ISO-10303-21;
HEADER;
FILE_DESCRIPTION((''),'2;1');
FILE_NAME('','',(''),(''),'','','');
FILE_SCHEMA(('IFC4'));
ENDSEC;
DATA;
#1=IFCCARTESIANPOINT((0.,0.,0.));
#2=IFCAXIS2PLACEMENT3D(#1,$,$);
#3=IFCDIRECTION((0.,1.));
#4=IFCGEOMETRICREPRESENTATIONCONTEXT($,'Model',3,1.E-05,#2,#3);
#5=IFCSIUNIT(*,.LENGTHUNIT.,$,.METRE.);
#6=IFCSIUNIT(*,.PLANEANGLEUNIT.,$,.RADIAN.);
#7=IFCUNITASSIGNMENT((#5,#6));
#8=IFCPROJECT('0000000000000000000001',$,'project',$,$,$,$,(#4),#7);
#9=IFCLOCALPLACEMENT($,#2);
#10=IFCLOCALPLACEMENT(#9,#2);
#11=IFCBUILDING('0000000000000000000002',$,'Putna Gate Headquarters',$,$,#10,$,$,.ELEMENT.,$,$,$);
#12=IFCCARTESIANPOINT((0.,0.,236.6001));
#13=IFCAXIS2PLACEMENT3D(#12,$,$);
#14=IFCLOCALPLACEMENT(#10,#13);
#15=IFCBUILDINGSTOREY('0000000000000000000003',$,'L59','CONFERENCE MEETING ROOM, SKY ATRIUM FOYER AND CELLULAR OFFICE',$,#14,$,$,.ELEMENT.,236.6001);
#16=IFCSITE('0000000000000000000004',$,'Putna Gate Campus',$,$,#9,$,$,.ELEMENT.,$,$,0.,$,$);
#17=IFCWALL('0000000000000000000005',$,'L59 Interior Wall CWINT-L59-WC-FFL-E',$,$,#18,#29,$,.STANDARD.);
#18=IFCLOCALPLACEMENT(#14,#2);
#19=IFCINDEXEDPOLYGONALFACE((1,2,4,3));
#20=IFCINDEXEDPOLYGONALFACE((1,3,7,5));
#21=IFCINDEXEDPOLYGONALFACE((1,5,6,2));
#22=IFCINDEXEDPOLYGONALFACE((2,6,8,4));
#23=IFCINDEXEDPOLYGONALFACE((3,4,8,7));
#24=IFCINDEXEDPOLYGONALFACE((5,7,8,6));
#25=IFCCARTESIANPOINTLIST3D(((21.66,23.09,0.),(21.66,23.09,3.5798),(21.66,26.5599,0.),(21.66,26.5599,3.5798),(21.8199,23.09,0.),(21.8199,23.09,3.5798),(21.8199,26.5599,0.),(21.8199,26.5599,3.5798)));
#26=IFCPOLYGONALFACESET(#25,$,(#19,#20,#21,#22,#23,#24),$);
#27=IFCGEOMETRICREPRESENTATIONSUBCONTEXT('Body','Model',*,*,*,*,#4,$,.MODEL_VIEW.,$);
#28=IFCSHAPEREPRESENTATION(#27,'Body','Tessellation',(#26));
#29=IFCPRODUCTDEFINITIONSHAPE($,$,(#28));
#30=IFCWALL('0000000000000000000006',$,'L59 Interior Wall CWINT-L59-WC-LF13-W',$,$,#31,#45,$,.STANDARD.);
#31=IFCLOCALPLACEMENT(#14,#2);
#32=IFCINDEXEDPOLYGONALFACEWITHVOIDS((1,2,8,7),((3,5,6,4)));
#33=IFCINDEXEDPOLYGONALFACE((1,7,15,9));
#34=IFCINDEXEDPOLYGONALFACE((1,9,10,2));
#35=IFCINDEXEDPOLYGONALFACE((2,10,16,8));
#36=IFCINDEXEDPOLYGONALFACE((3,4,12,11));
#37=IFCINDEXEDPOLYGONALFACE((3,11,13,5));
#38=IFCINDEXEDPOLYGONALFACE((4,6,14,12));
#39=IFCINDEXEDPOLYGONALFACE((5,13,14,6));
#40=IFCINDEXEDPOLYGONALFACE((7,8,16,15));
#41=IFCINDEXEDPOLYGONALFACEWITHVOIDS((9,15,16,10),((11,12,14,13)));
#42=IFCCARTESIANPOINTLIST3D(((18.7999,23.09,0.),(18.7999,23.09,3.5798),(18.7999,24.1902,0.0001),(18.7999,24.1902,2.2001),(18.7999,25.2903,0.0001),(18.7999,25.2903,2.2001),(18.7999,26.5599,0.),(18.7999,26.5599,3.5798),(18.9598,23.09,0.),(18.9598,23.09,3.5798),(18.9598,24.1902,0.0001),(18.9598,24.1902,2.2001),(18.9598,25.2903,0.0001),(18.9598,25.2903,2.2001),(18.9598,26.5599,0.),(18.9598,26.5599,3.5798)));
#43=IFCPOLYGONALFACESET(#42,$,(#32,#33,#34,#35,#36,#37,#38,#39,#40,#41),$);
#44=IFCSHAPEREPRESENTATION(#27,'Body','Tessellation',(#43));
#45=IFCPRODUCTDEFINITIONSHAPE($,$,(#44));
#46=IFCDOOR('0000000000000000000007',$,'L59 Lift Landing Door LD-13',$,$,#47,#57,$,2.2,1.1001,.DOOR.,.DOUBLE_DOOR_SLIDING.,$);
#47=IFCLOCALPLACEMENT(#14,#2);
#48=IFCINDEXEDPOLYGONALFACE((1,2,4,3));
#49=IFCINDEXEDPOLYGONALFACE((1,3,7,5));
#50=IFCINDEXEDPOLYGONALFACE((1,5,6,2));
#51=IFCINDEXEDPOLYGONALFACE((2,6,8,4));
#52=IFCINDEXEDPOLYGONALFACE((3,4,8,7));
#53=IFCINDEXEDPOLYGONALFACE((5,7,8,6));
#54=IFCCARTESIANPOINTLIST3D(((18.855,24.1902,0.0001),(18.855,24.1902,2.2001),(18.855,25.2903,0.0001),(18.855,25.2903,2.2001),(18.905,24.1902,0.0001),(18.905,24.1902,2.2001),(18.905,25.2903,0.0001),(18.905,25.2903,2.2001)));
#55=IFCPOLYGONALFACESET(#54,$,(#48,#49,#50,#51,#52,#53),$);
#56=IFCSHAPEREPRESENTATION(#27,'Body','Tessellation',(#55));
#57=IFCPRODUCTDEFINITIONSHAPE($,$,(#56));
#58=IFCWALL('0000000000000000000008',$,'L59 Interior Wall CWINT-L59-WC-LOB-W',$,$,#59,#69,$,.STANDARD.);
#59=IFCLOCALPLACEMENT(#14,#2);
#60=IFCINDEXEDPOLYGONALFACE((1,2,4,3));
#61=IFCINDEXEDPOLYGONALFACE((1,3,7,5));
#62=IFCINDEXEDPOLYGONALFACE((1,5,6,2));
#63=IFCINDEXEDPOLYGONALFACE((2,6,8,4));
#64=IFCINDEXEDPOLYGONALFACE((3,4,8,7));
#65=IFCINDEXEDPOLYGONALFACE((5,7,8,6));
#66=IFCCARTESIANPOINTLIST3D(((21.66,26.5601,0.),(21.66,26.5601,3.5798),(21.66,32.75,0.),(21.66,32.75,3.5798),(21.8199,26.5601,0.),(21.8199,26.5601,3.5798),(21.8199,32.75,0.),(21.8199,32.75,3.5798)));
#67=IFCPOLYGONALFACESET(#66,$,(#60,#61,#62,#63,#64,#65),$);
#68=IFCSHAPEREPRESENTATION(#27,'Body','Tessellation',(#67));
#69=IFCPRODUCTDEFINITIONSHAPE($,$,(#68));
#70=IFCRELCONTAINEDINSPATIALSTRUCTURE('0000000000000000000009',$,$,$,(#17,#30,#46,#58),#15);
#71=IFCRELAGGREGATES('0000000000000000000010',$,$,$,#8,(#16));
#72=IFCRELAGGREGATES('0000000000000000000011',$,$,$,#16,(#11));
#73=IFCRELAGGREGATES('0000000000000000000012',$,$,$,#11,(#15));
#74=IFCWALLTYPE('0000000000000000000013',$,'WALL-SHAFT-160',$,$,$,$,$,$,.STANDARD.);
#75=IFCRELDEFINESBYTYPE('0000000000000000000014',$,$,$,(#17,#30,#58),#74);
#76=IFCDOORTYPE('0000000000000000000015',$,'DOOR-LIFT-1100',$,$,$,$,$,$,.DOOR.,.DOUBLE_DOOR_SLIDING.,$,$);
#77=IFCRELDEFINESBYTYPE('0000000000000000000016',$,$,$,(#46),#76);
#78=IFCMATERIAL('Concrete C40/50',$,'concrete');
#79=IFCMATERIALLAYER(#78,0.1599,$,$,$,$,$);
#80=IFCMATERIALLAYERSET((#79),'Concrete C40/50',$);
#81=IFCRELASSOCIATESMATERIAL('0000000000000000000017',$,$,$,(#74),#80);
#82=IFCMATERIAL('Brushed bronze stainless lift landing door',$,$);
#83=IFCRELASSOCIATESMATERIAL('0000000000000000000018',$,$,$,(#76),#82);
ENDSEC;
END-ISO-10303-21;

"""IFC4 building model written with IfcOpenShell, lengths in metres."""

from ifc_helpers import new_model, si_unit, direction, frame, frame_2d, origin, place, context, subcontext, project, spatial, rectangle, extrude, material, layer, layer_set, type_object, element, fill, save


model = new_model("IFC4")

# Units and contexts
model_context = context("Model", 3, precision=1e-05, world=origin(), true_north=direction((0.0, 1.0)))
body_context = subcontext(model_context, "Body", "Model", "MODEL_VIEW")
ifc_project = project(units=[si_unit("LENGTHUNIT", "METRE"), si_unit("PLANEANGLEUNIT", "RADIAN")], contexts=[model_context])

# Site, building, storey
site_placement = place(None, origin())
site = spatial("IfcSite", under=ifc_project, at=site_placement, Name="Putna Gate Campus", CompositionType="ELEMENT", RefElevation=0.0)
building_placement = place(site_placement, origin())
building = spatial("IfcBuilding", under=site, at=building_placement, Name="Putna Gate Headquarters", CompositionType="ELEMENT")
storey_placement = place(building_placement, frame((0.0, 0.0, 236.6001)))
storey = spatial("IfcBuildingStorey", under=building, at=storey_placement, Name="L59", Description="CONFERENCE MEETING ROOM, SKY ATRIUM FOYER AND CELLULAR OFFICE", CompositionType="ELEMENT", Elevation=236.6001)

# Wall
ifc_material_1 = material(Name="Concrete C40/50", Category="concrete")
ifc_layer_1 = layer(ifc_material_1, 0.1599)
ifc_layer_set_1 = layer_set([ifc_layer_1], Name="Concrete C40/50")
wall_type_1 = type_object("IfcWallType", Name="WALL-SHAFT-160", PredefinedType="STANDARD", material=ifc_layer_set_1)
wall_1_placement = place(storey_placement, frame((21.74, 23.0901, 0.0), z_axis=(0.0, 0.0, 1.0), x_axis=(0.0, 1.0, 0.0)))
element("IfcWall", 1, at=wall_1_placement, inside=storey, type_object=wall_type_1, Name="L59 Interior Wall CWINT-L59-WC-FFL-E", PredefinedType="STANDARD", context=body_context, shape_type="SweptSolid", body=[
    extrude(rectangle(XDim=3.47, YDim=0.1599, at=frame_2d((1.7349, 0.0))), origin(), (0.0, 0.0, 1.0), 3.5798),
])

# Wall, opening, door
wall_2_placement = place(storey_placement, frame((18.8799, 23.0901, 0.0), z_axis=(0.0, 0.0, 1.0), x_axis=(0.0, 1.0, 0.0)))
wall_2 = element("IfcWall", 2, at=wall_2_placement, inside=storey, type_object=wall_type_1, Name="L59 Interior Wall CWINT-L59-WC-LF13-W", PredefinedType="STANDARD", context=body_context, shape_type="SweptSolid", body=[
    extrude(rectangle(XDim=3.47, YDim=0.1599, at=frame_2d((1.7349, 0.0))), origin(), (0.0, 0.0, 1.0), 3.5798),
])
opening_1_placement = place(wall_2_placement, frame((1.1001, 0.0, 0.0)))
opening_1 = element("IfcOpeningElement", 3, at=opening_1_placement, cuts=wall_2, PredefinedType="OPENING", context=body_context, shape_type="SweptSolid", body=[
    extrude(rectangle(XDim=1.1001, YDim=2.2, at=frame_2d((0.55, 1.1001))), frame((0.0, 0.0898, 0.0), z_axis=(0.0, -1.0, 0.0), x_axis=(1.0, 0.0, 0.0)), (0.0, 0.0, 1.0), 0.1799),
])
ifc_material_2 = material(Name="Brushed bronze stainless lift landing door")
door_type_1 = type_object("IfcDoorType", Name="DOOR-LIFT-1100", OperationType="DOUBLE_DOOR_SLIDING", PredefinedType="DOOR", material=ifc_material_2)
door_1_placement = place(opening_1_placement, origin())
door_1 = element("IfcDoor", 4, at=door_1_placement, inside=storey, type_object=door_type_1, Name="L59 Lift Landing Door LD-13", OperationType="DOUBLE_DOOR_SLIDING", OverallHeight=2.2, OverallWidth=1.1001, PredefinedType="DOOR", context=body_context, shape_type="SweptSolid", body=[
    extrude(rectangle(XDim=1.1001, YDim=2.2, at=frame_2d((0.55, 1.1001))), frame((0.0, 0.0249, 0.0), z_axis=(0.0, -1.0, 0.0), x_axis=(1.0, 0.0, 0.0)), (0.0, 0.0, 1.0), 0.05),
])
fill(opening_1, door_1)

# Wall
wall_3_placement = place(storey_placement, frame((21.74, 26.5601, 0.0), z_axis=(0.0, 0.0, 1.0), x_axis=(0.0, 1.0, 0.0)))
element("IfcWall", 5, at=wall_3_placement, inside=storey, type_object=wall_type_1, Name="L59 Interior Wall CWINT-L59-WC-LOB-W", PredefinedType="STANDARD", context=body_context, shape_type="SweptSolid", body=[
    extrude(rectangle(XDim=6.1899, YDim=0.1599, at=frame_2d((3.095, 0.0))), origin(), (0.0, 0.0, 1.0), 3.5798),
])

save(model, "model.ifc")
